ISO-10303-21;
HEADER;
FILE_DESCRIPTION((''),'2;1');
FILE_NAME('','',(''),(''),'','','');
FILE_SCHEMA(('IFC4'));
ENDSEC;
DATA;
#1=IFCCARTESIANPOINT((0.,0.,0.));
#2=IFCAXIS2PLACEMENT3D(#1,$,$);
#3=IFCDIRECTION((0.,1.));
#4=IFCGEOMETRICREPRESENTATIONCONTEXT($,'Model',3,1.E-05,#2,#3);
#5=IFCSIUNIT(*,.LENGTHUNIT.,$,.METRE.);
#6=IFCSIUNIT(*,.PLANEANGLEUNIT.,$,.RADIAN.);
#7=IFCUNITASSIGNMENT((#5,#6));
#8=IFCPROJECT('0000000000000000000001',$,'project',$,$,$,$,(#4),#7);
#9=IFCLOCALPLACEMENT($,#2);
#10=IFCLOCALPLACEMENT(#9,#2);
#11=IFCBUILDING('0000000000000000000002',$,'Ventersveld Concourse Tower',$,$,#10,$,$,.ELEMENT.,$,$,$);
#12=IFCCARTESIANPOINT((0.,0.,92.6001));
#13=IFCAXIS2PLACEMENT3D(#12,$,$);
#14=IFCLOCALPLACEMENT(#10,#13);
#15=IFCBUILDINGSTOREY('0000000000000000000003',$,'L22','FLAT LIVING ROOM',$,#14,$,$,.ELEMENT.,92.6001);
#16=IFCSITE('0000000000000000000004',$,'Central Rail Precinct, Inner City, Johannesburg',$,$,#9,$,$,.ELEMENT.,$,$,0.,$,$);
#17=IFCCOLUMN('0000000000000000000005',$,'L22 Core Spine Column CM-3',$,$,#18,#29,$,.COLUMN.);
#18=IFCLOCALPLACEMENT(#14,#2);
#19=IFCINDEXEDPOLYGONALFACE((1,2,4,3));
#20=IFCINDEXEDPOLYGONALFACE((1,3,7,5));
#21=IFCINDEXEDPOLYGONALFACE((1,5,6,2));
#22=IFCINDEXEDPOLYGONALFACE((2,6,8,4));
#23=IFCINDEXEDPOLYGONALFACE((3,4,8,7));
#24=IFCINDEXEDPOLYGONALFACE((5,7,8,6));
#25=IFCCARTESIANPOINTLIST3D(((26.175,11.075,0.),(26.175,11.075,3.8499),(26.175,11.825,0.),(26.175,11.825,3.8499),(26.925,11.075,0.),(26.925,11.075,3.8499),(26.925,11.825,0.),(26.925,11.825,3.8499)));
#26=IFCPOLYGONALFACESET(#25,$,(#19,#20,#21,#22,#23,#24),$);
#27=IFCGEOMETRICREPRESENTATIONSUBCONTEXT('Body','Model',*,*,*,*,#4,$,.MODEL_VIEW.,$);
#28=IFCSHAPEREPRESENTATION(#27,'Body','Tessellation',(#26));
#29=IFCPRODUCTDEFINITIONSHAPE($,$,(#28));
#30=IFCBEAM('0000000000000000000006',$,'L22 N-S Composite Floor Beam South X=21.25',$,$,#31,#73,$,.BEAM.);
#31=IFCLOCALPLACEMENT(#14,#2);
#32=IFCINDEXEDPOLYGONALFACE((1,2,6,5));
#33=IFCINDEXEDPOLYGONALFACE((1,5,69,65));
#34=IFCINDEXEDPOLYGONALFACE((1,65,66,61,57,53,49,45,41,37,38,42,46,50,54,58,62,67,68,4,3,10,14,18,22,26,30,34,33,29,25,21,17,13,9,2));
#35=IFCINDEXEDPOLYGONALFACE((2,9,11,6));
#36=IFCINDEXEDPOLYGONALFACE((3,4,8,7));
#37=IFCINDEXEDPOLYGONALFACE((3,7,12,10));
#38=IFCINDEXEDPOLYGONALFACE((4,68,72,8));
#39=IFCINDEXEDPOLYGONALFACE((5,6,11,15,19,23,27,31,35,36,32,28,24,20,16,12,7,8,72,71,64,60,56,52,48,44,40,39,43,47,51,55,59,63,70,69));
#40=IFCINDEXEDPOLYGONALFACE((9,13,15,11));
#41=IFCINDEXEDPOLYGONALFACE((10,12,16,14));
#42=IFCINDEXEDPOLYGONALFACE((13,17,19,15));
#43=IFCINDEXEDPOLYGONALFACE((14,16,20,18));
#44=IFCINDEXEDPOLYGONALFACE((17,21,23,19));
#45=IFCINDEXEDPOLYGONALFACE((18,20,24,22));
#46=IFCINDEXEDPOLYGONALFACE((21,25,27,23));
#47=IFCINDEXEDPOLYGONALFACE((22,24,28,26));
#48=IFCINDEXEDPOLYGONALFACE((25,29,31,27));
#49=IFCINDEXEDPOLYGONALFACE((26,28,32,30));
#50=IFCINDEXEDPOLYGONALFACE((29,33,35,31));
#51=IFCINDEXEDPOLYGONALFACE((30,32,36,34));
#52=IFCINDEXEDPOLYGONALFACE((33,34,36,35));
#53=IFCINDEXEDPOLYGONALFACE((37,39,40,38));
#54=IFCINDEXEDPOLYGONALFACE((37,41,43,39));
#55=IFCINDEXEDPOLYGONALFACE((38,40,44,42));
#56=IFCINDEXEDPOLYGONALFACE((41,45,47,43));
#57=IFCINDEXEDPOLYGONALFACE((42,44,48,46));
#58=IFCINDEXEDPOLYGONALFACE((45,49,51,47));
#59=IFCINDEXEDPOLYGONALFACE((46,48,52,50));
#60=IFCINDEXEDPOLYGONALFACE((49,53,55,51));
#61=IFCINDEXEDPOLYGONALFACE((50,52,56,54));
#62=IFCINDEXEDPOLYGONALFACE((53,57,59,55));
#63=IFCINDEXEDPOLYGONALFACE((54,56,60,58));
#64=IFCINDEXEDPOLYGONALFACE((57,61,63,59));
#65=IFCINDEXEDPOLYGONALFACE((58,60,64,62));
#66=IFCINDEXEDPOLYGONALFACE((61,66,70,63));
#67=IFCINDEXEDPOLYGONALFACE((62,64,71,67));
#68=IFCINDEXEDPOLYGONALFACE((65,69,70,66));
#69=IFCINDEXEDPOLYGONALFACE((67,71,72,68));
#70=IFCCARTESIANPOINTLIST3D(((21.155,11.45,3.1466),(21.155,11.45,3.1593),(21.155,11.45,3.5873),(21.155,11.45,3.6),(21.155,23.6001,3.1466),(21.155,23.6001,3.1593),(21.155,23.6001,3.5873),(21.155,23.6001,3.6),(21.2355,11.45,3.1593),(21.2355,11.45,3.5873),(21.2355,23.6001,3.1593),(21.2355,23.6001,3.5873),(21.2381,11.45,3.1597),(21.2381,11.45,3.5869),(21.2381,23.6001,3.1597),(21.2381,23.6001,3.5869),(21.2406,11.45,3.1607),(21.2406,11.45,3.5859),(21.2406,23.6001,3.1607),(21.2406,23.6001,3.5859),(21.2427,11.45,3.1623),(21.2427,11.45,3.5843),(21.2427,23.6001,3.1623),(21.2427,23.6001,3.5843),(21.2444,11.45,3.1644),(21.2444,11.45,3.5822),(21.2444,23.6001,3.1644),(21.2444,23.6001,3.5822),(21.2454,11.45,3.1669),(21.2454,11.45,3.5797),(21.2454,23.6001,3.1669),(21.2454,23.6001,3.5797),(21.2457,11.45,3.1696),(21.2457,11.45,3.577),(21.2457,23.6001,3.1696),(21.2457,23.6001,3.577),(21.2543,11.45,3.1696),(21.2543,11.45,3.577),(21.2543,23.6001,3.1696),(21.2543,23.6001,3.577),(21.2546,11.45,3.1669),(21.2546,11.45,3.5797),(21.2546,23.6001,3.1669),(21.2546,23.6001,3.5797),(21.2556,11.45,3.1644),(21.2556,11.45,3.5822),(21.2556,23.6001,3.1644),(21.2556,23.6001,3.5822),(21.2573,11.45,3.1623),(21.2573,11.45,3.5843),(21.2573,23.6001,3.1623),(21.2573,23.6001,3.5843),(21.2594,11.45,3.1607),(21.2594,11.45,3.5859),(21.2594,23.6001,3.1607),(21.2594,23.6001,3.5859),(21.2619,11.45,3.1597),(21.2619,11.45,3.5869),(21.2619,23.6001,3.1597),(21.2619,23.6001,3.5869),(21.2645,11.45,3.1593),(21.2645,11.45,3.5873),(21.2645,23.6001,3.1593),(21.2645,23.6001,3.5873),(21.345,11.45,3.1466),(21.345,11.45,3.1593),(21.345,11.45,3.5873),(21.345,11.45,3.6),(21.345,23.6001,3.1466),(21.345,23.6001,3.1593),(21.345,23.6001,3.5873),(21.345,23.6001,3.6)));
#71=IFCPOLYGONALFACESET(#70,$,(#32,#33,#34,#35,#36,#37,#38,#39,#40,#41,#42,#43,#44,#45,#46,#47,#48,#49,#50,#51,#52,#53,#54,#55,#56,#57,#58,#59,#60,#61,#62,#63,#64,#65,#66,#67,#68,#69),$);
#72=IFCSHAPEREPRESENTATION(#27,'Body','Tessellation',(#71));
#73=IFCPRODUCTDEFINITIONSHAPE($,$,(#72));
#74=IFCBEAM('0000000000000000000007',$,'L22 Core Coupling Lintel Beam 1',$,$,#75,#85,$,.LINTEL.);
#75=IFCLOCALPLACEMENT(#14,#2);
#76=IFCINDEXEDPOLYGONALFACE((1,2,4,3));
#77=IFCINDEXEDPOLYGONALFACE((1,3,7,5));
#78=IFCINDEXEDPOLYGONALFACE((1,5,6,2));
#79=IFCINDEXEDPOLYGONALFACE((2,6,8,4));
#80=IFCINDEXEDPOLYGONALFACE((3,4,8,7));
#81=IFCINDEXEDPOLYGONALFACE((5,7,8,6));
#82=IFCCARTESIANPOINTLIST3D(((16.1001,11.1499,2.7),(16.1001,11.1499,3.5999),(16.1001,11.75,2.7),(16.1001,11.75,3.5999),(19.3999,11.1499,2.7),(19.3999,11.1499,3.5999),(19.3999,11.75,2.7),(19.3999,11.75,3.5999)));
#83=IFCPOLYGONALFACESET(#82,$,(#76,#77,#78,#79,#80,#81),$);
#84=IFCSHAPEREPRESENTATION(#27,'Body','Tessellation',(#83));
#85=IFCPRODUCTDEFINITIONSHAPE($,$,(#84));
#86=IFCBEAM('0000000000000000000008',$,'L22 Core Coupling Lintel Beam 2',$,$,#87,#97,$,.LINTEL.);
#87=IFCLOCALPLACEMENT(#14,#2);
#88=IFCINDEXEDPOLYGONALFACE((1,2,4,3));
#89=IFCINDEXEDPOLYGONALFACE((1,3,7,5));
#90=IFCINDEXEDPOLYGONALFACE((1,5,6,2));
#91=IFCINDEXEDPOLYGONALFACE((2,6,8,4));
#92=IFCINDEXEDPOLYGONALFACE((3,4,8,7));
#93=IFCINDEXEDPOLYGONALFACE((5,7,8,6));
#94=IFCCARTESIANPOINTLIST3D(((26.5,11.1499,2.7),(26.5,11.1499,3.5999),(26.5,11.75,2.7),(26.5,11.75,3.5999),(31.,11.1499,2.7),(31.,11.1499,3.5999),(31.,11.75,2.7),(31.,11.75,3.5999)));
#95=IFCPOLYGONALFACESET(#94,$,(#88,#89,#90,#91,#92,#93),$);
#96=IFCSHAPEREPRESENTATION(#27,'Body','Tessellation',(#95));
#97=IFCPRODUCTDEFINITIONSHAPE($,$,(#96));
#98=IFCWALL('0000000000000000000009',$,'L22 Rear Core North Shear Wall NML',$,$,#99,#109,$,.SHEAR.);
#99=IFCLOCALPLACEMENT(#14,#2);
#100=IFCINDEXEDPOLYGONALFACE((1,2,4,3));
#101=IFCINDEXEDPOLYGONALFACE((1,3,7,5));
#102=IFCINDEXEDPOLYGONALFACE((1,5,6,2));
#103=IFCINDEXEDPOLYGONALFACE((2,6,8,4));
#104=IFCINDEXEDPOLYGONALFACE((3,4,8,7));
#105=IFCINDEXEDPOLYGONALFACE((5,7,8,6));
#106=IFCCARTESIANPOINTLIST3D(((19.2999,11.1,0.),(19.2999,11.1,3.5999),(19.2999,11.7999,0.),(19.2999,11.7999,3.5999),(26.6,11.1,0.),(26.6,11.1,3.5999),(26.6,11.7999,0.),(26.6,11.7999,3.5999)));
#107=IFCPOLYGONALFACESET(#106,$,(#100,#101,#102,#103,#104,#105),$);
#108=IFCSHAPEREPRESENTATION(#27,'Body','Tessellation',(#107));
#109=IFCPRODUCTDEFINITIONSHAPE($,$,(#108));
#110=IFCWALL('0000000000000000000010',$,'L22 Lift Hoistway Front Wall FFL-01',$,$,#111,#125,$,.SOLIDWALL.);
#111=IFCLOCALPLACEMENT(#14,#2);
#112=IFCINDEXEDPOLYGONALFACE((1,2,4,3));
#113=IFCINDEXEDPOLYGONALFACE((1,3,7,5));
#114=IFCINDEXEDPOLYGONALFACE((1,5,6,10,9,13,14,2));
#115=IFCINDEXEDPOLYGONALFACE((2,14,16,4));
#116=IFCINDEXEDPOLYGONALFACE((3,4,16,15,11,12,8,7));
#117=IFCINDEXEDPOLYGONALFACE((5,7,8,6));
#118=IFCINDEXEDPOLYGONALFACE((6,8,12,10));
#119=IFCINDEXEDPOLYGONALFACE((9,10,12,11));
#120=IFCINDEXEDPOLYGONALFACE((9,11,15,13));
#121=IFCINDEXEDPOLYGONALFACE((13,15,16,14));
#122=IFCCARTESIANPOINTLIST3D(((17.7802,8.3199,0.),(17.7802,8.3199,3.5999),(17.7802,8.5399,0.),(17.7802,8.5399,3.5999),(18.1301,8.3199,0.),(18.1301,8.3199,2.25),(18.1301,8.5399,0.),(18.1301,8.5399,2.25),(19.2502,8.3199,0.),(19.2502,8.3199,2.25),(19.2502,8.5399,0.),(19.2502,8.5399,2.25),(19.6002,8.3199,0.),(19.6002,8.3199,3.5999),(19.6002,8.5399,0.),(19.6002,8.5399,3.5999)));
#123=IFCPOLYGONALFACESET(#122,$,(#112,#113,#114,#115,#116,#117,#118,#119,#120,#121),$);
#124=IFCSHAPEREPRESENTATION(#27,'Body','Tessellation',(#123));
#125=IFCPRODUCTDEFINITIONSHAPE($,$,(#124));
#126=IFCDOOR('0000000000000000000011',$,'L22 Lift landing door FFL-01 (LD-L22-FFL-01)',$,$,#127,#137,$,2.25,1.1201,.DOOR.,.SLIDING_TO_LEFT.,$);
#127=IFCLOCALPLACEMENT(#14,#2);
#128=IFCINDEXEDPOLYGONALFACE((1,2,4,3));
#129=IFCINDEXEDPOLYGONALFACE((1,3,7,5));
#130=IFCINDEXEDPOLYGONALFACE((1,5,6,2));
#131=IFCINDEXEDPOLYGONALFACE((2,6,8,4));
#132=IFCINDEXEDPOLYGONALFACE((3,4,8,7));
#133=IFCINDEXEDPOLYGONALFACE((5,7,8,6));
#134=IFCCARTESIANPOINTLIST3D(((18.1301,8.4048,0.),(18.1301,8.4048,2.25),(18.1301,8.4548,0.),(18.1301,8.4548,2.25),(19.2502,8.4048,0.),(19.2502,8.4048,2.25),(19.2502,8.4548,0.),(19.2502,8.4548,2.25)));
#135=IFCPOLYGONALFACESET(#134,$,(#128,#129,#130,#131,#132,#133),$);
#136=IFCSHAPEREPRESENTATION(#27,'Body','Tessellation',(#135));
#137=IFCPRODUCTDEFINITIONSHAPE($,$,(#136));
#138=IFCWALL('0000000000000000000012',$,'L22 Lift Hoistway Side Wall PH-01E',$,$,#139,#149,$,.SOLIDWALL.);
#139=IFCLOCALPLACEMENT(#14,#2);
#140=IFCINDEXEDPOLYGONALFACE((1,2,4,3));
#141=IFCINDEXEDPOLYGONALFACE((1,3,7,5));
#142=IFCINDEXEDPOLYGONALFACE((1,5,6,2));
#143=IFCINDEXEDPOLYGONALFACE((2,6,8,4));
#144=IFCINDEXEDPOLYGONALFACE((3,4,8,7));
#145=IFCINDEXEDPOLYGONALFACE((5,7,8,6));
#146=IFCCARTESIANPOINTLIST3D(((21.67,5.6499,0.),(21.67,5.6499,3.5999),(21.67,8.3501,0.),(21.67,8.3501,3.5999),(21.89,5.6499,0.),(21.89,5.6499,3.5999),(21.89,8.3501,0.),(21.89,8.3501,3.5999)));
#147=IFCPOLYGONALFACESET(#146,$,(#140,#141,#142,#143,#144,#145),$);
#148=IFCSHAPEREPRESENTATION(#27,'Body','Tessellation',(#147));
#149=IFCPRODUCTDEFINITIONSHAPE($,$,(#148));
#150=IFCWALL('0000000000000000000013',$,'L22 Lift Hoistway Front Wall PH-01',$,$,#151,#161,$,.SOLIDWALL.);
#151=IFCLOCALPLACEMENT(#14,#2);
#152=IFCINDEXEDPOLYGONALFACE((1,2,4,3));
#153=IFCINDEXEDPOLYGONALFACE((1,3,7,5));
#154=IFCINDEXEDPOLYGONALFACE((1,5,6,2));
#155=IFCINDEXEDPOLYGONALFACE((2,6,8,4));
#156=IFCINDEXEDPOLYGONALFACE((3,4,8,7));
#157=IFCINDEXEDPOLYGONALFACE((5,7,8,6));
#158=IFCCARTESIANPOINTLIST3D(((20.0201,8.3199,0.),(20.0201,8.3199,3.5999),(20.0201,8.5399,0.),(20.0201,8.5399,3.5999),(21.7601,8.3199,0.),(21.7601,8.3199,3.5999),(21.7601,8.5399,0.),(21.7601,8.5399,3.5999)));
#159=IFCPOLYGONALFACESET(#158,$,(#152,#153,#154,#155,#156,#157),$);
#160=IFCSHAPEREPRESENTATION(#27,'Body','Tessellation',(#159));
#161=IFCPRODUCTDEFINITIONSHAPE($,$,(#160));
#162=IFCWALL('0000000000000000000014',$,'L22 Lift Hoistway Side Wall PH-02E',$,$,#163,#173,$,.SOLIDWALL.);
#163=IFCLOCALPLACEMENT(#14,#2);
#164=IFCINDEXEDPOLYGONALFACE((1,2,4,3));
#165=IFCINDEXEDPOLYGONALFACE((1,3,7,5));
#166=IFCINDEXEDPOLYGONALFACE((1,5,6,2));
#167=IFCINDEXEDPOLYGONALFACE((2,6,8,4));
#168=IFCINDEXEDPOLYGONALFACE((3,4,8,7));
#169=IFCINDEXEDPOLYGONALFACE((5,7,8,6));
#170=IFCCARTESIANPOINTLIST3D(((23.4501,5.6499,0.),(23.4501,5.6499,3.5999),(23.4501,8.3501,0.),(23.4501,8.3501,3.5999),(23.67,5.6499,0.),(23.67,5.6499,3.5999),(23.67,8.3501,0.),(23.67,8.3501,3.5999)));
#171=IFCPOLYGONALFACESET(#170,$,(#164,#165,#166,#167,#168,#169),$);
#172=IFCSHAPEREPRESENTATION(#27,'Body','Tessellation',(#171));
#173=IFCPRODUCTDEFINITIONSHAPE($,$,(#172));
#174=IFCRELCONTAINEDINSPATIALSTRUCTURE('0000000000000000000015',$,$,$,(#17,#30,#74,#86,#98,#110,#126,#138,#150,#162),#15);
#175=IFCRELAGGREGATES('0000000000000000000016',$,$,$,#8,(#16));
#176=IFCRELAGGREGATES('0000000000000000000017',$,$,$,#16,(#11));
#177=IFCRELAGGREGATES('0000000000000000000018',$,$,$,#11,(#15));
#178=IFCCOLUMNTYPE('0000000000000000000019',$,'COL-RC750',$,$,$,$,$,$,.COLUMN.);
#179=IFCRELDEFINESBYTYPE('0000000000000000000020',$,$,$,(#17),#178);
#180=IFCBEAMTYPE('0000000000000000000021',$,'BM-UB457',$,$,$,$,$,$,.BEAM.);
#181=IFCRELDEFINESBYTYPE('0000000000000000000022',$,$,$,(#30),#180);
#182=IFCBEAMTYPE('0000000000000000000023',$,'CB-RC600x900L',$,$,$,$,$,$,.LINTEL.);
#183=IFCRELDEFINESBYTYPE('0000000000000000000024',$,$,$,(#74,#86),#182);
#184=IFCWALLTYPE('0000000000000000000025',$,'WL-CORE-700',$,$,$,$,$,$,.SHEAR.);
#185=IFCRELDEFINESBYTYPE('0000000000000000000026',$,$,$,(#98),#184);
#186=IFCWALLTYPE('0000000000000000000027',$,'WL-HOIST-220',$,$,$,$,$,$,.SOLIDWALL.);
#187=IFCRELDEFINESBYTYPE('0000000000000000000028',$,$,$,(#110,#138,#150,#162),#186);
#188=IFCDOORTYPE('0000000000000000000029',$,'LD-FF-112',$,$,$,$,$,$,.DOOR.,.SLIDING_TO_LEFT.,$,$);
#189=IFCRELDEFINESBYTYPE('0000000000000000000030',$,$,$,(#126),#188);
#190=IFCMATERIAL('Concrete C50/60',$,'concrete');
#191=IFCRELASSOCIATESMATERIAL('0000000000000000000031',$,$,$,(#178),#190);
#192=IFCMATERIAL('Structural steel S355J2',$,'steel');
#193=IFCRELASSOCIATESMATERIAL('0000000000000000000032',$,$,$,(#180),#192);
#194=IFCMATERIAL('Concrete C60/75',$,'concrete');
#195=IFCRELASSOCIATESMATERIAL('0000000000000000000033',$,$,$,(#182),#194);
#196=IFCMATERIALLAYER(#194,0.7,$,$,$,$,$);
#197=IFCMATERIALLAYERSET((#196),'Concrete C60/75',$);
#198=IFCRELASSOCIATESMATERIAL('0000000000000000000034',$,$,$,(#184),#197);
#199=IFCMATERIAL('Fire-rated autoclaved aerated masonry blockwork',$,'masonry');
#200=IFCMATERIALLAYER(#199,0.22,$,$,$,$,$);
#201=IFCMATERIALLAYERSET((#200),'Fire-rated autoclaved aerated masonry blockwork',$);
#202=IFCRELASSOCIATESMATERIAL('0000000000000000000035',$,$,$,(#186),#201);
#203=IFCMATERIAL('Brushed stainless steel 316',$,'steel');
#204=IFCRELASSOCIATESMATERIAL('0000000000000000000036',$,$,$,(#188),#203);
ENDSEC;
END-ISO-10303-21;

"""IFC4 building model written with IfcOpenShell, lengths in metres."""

from ifc_helpers import new_model, si_unit, direction, frame, frame_2d, origin, origin_2d, place, context, subcontext, project, spatial, rectangle, i_section, extrude, material, layer, layer_set, material_profile, profile_set, type_object, element, fill, save


model = new_model("IFC4")

# Units and contexts
model_context = context("Model", 3, precision=1e-05, world=origin(), true_north=direction((0.0, 1.0)))
body_context = subcontext(model_context, "Body", "Model", "MODEL_VIEW")
ifc_project = project(units=[si_unit("LENGTHUNIT", "METRE"), si_unit("PLANEANGLEUNIT", "RADIAN")], contexts=[model_context])

# Site, building, storey
site_placement = place(None, origin())
site = spatial("IfcSite", under=ifc_project, at=site_placement, Name="Central Rail Precinct, Inner City, Johannesburg", CompositionType="ELEMENT", RefElevation=0.0)
building_placement = place(site_placement, origin())
building = spatial("IfcBuilding", under=site, at=building_placement, Name="Ventersveld Concourse Tower", CompositionType="ELEMENT")
storey_placement = place(building_placement, frame((0.0, 0.0, 92.6001)))
storey = spatial("IfcBuildingStorey", under=building, at=storey_placement, Name="L22", Description="FLAT LIVING ROOM", CompositionType="ELEMENT", Elevation=92.6001)

# Column
ifc_material_1 = material(Name="Concrete C50/60", Category="concrete")
ifc_material_profile_1 = material_profile(ifc_material_1, rectangle(XDim=0.75, YDim=0.75, at=origin_2d()), Name="RC 750x750")
ifc_profile_set_1 = profile_set([ifc_material_profile_1], Name="Concrete C50/60")
column_type = type_object("IfcColumnType", Name="COL-RC750", PredefinedType="COLUMN", material=ifc_profile_set_1)
column_placement = place(storey_placement, frame((26.55, 11.45, 0.0), z_axis=(0.0, 0.0, 1.0), x_axis=(1.0, 0.0, 0.0)))
element("IfcColumn", 1, at=column_placement, inside=storey, type_object=column_type, Name="L22 Core Spine Column CM-3", PredefinedType="COLUMN", context=body_context, shape_type="SweptSolid", body=[
    extrude(rectangle(XDim=0.75, YDim=0.75, at=origin_2d()), origin(), (0.0, 0.0, 1.0), 3.8499),
])

# Beams
ifc_material_2 = material(Name="Structural steel S355J2", Category="steel")
ifc_material_profile_2 = material_profile(ifc_material_2, i_section(OverallWidth=0.1899, OverallDepth=0.4534, WebThickness=0.0085, FlangeThickness=0.0127, FilletRadius=0.0103, at=origin_2d()), Name="UB 457x191x67")
ifc_profile_set_2 = profile_set([ifc_material_profile_2], Name="Structural steel S355J2")
beam_type_1 = type_object("IfcBeamType", Name="BM-UB457", PredefinedType="BEAM", material=ifc_profile_set_2)
beam_1_placement = place(storey_placement, frame((21.25, 11.45, 3.3733), z_axis=(0.0, 1.0, 0.0), x_axis=(-1.0, 0.0, 0.0)))
element("IfcBeam", 2, at=beam_1_placement, inside=storey, type_object=beam_type_1, Name="L22 N-S Composite Floor Beam South X=21.25", PredefinedType="BEAM", context=body_context, shape_type="SweptSolid", body=[
    extrude(i_section(OverallWidth=0.1899, OverallDepth=0.4534, WebThickness=0.0085, FlangeThickness=0.0127, FilletRadius=0.0103, at=origin_2d()), origin(), (0.0, 0.0, 1.0), 12.1501),
])
ifc_material_3 = material(Name="Concrete C60/75", Category="concrete")
ifc_material_profile_3 = material_profile(ifc_material_3, rectangle(XDim=0.6001, YDim=0.8999, at=origin_2d()), Name="RC 600x900")
ifc_profile_set_3 = profile_set([ifc_material_profile_3], Name="Concrete C60/75")
beam_type_2 = type_object("IfcBeamType", Name="CB-RC600x900L", PredefinedType="LINTEL", material=ifc_profile_set_3)
beam_2_placement = place(storey_placement, frame((16.1001, 11.45, 3.1499), z_axis=(1.0, 0.0, 0.0), x_axis=(0.0, 1.0, 0.0)))
element("IfcBeam", 3, at=beam_2_placement, inside=storey, type_object=beam_type_2, Name="L22 Core Coupling Lintel Beam 1", PredefinedType="LINTEL", context=body_context, shape_type="SweptSolid", body=[
    extrude(rectangle(XDim=0.6001, YDim=0.8999, at=origin_2d()), origin(), (0.0, 0.0, 1.0), 3.2998),
])
beam_3_placement = place(storey_placement, frame((26.5, 11.45, 3.1499), z_axis=(1.0, 0.0, 0.0), x_axis=(0.0, 1.0, 0.0)))
element("IfcBeam", 4, at=beam_3_placement, inside=storey, type_object=beam_type_2, Name="L22 Core Coupling Lintel Beam 2", PredefinedType="LINTEL", context=body_context, shape_type="SweptSolid", body=[
    extrude(rectangle(XDim=0.6001, YDim=0.8999, at=origin_2d()), origin(), (0.0, 0.0, 1.0), 4.5),
])

# Wall
ifc_layer_1 = layer(ifc_material_3, 0.7)
ifc_layer_set_1 = layer_set([ifc_layer_1], Name="Concrete C60/75")
wall_type_1 = type_object("IfcWallType", Name="WL-CORE-700", PredefinedType="SHEAR", material=ifc_layer_set_1)
wall_1_placement = place(storey_placement, frame((19.3, 11.45, 0.0), z_axis=(0.0, 0.0, 1.0), x_axis=(1.0, 0.0, 0.0)))
element("IfcWall", 5, at=wall_1_placement, inside=storey, type_object=wall_type_1, Name="L22 Rear Core North Shear Wall NML", PredefinedType="SHEAR", context=body_context, shape_type="SweptSolid", body=[
    extrude(rectangle(XDim=7.3, YDim=0.7, at=frame_2d((3.6499, 0.0))), origin(), (0.0, 0.0, 1.0), 3.5999),
])

# Wall, opening, door
ifc_material_4 = material(Name="Fire-rated autoclaved aerated masonry blockwork", Category="masonry")
ifc_layer_2 = layer(ifc_material_4, 0.22)
ifc_layer_set_2 = layer_set([ifc_layer_2], Name="Fire-rated autoclaved aerated masonry blockwork")
wall_type_2 = type_object("IfcWallType", Name="WL-HOIST-220", PredefinedType="SOLIDWALL", material=ifc_layer_set_2)
wall_2_placement = place(storey_placement, frame((17.78, 8.4299, 0.0), z_axis=(0.0, 0.0, 1.0), x_axis=(1.0, 0.0, 0.0)))
wall_2 = element("IfcWall", 6, at=wall_2_placement, inside=storey, type_object=wall_type_2, Name="L22 Lift Hoistway Front Wall FFL-01", PredefinedType="SOLIDWALL", context=body_context, shape_type="SweptSolid", body=[
    extrude(rectangle(XDim=1.8201, YDim=0.22, at=frame_2d((0.9102, 0.0))), origin(), (0.0, 0.0, 1.0), 3.5999),
])
opening_1_placement = place(wall_2_placement, frame((0.3501, 0.0, 0.0)))
opening_1 = element("IfcOpeningElement", 7, at=opening_1_placement, cuts=wall_2, PredefinedType="OPENING", context=body_context, shape_type="SweptSolid", body=[
    extrude(rectangle(XDim=1.1201, YDim=2.25, at=frame_2d((0.5601, 1.125))), frame((0.0, 0.1201, 0.0), z_axis=(0.0, -1.0, 0.0), x_axis=(1.0, 0.0, 0.0)), (0.0, 0.0, 1.0), 0.24),
])
ifc_material_5 = material(Name="Brushed stainless steel 316", Category="steel")
door_type_1 = type_object("IfcDoorType", Name="LD-FF-112", OperationType="SLIDING_TO_LEFT", PredefinedType="DOOR", material=ifc_material_5)
door_1_placement = place(opening_1_placement, origin())
door_1 = element("IfcDoor", 8, at=door_1_placement, inside=storey, type_object=door_type_1, Name="L22 Lift landing door FFL-01 (LD-L22-FFL-01)", OperationType="SLIDING_TO_LEFT", OverallHeight=2.25, OverallWidth=1.1201, PredefinedType="DOOR", context=body_context, shape_type="SweptSolid", body=[
    extrude(rectangle(XDim=1.1201, YDim=2.25, at=frame_2d((0.5601, 1.125))), frame((0.0, 0.0249, 0.0), z_axis=(0.0, -1.0, 0.0), x_axis=(1.0, 0.0, 0.0)), (0.0, 0.0, 1.0), 0.05),
])
fill(opening_1, door_1)

# Walls
wall_3_placement = place(storey_placement, frame((21.78, 5.6499, 0.0), z_axis=(0.0, 0.0, 1.0), x_axis=(0.0, 1.0, 0.0)))
element("IfcWall", 9, at=wall_3_placement, inside=storey, type_object=wall_type_2, Name="L22 Lift Hoistway Side Wall PH-01E", PredefinedType="SOLIDWALL", context=body_context, shape_type="SweptSolid", body=[
    extrude(rectangle(XDim=2.7002, YDim=0.22, at=frame_2d((1.3501, 0.0))), origin(), (0.0, 0.0, 1.0), 3.5999),
])
wall_4_placement = place(storey_placement, frame((20.02, 8.4299, 0.0), z_axis=(0.0, 0.0, 1.0), x_axis=(1.0, 0.0, 0.0)))
element("IfcWall", 10, at=wall_4_placement, inside=storey, type_object=wall_type_2, Name="L22 Lift Hoistway Front Wall PH-01", PredefinedType="SOLIDWALL", context=body_context, shape_type="SweptSolid", body=[
    extrude(rectangle(XDim=1.74, YDim=0.22, at=frame_2d((0.8701, 0.0))), origin(), (0.0, 0.0, 1.0), 3.5999),
])
wall_5_placement = place(storey_placement, frame((23.5601, 5.6499, 0.0), z_axis=(0.0, 0.0, 1.0), x_axis=(0.0, 1.0, 0.0)))
element("IfcWall", 11, at=wall_5_placement, inside=storey, type_object=wall_type_2, Name="L22 Lift Hoistway Side Wall PH-02E", PredefinedType="SOLIDWALL", context=body_context, shape_type="SweptSolid", body=[
    extrude(rectangle(XDim=2.7002, YDim=0.22, at=frame_2d((1.3501, 0.0))), origin(), (0.0, 0.0, 1.0), 3.5999),
])

save(model, "model.ifc")
